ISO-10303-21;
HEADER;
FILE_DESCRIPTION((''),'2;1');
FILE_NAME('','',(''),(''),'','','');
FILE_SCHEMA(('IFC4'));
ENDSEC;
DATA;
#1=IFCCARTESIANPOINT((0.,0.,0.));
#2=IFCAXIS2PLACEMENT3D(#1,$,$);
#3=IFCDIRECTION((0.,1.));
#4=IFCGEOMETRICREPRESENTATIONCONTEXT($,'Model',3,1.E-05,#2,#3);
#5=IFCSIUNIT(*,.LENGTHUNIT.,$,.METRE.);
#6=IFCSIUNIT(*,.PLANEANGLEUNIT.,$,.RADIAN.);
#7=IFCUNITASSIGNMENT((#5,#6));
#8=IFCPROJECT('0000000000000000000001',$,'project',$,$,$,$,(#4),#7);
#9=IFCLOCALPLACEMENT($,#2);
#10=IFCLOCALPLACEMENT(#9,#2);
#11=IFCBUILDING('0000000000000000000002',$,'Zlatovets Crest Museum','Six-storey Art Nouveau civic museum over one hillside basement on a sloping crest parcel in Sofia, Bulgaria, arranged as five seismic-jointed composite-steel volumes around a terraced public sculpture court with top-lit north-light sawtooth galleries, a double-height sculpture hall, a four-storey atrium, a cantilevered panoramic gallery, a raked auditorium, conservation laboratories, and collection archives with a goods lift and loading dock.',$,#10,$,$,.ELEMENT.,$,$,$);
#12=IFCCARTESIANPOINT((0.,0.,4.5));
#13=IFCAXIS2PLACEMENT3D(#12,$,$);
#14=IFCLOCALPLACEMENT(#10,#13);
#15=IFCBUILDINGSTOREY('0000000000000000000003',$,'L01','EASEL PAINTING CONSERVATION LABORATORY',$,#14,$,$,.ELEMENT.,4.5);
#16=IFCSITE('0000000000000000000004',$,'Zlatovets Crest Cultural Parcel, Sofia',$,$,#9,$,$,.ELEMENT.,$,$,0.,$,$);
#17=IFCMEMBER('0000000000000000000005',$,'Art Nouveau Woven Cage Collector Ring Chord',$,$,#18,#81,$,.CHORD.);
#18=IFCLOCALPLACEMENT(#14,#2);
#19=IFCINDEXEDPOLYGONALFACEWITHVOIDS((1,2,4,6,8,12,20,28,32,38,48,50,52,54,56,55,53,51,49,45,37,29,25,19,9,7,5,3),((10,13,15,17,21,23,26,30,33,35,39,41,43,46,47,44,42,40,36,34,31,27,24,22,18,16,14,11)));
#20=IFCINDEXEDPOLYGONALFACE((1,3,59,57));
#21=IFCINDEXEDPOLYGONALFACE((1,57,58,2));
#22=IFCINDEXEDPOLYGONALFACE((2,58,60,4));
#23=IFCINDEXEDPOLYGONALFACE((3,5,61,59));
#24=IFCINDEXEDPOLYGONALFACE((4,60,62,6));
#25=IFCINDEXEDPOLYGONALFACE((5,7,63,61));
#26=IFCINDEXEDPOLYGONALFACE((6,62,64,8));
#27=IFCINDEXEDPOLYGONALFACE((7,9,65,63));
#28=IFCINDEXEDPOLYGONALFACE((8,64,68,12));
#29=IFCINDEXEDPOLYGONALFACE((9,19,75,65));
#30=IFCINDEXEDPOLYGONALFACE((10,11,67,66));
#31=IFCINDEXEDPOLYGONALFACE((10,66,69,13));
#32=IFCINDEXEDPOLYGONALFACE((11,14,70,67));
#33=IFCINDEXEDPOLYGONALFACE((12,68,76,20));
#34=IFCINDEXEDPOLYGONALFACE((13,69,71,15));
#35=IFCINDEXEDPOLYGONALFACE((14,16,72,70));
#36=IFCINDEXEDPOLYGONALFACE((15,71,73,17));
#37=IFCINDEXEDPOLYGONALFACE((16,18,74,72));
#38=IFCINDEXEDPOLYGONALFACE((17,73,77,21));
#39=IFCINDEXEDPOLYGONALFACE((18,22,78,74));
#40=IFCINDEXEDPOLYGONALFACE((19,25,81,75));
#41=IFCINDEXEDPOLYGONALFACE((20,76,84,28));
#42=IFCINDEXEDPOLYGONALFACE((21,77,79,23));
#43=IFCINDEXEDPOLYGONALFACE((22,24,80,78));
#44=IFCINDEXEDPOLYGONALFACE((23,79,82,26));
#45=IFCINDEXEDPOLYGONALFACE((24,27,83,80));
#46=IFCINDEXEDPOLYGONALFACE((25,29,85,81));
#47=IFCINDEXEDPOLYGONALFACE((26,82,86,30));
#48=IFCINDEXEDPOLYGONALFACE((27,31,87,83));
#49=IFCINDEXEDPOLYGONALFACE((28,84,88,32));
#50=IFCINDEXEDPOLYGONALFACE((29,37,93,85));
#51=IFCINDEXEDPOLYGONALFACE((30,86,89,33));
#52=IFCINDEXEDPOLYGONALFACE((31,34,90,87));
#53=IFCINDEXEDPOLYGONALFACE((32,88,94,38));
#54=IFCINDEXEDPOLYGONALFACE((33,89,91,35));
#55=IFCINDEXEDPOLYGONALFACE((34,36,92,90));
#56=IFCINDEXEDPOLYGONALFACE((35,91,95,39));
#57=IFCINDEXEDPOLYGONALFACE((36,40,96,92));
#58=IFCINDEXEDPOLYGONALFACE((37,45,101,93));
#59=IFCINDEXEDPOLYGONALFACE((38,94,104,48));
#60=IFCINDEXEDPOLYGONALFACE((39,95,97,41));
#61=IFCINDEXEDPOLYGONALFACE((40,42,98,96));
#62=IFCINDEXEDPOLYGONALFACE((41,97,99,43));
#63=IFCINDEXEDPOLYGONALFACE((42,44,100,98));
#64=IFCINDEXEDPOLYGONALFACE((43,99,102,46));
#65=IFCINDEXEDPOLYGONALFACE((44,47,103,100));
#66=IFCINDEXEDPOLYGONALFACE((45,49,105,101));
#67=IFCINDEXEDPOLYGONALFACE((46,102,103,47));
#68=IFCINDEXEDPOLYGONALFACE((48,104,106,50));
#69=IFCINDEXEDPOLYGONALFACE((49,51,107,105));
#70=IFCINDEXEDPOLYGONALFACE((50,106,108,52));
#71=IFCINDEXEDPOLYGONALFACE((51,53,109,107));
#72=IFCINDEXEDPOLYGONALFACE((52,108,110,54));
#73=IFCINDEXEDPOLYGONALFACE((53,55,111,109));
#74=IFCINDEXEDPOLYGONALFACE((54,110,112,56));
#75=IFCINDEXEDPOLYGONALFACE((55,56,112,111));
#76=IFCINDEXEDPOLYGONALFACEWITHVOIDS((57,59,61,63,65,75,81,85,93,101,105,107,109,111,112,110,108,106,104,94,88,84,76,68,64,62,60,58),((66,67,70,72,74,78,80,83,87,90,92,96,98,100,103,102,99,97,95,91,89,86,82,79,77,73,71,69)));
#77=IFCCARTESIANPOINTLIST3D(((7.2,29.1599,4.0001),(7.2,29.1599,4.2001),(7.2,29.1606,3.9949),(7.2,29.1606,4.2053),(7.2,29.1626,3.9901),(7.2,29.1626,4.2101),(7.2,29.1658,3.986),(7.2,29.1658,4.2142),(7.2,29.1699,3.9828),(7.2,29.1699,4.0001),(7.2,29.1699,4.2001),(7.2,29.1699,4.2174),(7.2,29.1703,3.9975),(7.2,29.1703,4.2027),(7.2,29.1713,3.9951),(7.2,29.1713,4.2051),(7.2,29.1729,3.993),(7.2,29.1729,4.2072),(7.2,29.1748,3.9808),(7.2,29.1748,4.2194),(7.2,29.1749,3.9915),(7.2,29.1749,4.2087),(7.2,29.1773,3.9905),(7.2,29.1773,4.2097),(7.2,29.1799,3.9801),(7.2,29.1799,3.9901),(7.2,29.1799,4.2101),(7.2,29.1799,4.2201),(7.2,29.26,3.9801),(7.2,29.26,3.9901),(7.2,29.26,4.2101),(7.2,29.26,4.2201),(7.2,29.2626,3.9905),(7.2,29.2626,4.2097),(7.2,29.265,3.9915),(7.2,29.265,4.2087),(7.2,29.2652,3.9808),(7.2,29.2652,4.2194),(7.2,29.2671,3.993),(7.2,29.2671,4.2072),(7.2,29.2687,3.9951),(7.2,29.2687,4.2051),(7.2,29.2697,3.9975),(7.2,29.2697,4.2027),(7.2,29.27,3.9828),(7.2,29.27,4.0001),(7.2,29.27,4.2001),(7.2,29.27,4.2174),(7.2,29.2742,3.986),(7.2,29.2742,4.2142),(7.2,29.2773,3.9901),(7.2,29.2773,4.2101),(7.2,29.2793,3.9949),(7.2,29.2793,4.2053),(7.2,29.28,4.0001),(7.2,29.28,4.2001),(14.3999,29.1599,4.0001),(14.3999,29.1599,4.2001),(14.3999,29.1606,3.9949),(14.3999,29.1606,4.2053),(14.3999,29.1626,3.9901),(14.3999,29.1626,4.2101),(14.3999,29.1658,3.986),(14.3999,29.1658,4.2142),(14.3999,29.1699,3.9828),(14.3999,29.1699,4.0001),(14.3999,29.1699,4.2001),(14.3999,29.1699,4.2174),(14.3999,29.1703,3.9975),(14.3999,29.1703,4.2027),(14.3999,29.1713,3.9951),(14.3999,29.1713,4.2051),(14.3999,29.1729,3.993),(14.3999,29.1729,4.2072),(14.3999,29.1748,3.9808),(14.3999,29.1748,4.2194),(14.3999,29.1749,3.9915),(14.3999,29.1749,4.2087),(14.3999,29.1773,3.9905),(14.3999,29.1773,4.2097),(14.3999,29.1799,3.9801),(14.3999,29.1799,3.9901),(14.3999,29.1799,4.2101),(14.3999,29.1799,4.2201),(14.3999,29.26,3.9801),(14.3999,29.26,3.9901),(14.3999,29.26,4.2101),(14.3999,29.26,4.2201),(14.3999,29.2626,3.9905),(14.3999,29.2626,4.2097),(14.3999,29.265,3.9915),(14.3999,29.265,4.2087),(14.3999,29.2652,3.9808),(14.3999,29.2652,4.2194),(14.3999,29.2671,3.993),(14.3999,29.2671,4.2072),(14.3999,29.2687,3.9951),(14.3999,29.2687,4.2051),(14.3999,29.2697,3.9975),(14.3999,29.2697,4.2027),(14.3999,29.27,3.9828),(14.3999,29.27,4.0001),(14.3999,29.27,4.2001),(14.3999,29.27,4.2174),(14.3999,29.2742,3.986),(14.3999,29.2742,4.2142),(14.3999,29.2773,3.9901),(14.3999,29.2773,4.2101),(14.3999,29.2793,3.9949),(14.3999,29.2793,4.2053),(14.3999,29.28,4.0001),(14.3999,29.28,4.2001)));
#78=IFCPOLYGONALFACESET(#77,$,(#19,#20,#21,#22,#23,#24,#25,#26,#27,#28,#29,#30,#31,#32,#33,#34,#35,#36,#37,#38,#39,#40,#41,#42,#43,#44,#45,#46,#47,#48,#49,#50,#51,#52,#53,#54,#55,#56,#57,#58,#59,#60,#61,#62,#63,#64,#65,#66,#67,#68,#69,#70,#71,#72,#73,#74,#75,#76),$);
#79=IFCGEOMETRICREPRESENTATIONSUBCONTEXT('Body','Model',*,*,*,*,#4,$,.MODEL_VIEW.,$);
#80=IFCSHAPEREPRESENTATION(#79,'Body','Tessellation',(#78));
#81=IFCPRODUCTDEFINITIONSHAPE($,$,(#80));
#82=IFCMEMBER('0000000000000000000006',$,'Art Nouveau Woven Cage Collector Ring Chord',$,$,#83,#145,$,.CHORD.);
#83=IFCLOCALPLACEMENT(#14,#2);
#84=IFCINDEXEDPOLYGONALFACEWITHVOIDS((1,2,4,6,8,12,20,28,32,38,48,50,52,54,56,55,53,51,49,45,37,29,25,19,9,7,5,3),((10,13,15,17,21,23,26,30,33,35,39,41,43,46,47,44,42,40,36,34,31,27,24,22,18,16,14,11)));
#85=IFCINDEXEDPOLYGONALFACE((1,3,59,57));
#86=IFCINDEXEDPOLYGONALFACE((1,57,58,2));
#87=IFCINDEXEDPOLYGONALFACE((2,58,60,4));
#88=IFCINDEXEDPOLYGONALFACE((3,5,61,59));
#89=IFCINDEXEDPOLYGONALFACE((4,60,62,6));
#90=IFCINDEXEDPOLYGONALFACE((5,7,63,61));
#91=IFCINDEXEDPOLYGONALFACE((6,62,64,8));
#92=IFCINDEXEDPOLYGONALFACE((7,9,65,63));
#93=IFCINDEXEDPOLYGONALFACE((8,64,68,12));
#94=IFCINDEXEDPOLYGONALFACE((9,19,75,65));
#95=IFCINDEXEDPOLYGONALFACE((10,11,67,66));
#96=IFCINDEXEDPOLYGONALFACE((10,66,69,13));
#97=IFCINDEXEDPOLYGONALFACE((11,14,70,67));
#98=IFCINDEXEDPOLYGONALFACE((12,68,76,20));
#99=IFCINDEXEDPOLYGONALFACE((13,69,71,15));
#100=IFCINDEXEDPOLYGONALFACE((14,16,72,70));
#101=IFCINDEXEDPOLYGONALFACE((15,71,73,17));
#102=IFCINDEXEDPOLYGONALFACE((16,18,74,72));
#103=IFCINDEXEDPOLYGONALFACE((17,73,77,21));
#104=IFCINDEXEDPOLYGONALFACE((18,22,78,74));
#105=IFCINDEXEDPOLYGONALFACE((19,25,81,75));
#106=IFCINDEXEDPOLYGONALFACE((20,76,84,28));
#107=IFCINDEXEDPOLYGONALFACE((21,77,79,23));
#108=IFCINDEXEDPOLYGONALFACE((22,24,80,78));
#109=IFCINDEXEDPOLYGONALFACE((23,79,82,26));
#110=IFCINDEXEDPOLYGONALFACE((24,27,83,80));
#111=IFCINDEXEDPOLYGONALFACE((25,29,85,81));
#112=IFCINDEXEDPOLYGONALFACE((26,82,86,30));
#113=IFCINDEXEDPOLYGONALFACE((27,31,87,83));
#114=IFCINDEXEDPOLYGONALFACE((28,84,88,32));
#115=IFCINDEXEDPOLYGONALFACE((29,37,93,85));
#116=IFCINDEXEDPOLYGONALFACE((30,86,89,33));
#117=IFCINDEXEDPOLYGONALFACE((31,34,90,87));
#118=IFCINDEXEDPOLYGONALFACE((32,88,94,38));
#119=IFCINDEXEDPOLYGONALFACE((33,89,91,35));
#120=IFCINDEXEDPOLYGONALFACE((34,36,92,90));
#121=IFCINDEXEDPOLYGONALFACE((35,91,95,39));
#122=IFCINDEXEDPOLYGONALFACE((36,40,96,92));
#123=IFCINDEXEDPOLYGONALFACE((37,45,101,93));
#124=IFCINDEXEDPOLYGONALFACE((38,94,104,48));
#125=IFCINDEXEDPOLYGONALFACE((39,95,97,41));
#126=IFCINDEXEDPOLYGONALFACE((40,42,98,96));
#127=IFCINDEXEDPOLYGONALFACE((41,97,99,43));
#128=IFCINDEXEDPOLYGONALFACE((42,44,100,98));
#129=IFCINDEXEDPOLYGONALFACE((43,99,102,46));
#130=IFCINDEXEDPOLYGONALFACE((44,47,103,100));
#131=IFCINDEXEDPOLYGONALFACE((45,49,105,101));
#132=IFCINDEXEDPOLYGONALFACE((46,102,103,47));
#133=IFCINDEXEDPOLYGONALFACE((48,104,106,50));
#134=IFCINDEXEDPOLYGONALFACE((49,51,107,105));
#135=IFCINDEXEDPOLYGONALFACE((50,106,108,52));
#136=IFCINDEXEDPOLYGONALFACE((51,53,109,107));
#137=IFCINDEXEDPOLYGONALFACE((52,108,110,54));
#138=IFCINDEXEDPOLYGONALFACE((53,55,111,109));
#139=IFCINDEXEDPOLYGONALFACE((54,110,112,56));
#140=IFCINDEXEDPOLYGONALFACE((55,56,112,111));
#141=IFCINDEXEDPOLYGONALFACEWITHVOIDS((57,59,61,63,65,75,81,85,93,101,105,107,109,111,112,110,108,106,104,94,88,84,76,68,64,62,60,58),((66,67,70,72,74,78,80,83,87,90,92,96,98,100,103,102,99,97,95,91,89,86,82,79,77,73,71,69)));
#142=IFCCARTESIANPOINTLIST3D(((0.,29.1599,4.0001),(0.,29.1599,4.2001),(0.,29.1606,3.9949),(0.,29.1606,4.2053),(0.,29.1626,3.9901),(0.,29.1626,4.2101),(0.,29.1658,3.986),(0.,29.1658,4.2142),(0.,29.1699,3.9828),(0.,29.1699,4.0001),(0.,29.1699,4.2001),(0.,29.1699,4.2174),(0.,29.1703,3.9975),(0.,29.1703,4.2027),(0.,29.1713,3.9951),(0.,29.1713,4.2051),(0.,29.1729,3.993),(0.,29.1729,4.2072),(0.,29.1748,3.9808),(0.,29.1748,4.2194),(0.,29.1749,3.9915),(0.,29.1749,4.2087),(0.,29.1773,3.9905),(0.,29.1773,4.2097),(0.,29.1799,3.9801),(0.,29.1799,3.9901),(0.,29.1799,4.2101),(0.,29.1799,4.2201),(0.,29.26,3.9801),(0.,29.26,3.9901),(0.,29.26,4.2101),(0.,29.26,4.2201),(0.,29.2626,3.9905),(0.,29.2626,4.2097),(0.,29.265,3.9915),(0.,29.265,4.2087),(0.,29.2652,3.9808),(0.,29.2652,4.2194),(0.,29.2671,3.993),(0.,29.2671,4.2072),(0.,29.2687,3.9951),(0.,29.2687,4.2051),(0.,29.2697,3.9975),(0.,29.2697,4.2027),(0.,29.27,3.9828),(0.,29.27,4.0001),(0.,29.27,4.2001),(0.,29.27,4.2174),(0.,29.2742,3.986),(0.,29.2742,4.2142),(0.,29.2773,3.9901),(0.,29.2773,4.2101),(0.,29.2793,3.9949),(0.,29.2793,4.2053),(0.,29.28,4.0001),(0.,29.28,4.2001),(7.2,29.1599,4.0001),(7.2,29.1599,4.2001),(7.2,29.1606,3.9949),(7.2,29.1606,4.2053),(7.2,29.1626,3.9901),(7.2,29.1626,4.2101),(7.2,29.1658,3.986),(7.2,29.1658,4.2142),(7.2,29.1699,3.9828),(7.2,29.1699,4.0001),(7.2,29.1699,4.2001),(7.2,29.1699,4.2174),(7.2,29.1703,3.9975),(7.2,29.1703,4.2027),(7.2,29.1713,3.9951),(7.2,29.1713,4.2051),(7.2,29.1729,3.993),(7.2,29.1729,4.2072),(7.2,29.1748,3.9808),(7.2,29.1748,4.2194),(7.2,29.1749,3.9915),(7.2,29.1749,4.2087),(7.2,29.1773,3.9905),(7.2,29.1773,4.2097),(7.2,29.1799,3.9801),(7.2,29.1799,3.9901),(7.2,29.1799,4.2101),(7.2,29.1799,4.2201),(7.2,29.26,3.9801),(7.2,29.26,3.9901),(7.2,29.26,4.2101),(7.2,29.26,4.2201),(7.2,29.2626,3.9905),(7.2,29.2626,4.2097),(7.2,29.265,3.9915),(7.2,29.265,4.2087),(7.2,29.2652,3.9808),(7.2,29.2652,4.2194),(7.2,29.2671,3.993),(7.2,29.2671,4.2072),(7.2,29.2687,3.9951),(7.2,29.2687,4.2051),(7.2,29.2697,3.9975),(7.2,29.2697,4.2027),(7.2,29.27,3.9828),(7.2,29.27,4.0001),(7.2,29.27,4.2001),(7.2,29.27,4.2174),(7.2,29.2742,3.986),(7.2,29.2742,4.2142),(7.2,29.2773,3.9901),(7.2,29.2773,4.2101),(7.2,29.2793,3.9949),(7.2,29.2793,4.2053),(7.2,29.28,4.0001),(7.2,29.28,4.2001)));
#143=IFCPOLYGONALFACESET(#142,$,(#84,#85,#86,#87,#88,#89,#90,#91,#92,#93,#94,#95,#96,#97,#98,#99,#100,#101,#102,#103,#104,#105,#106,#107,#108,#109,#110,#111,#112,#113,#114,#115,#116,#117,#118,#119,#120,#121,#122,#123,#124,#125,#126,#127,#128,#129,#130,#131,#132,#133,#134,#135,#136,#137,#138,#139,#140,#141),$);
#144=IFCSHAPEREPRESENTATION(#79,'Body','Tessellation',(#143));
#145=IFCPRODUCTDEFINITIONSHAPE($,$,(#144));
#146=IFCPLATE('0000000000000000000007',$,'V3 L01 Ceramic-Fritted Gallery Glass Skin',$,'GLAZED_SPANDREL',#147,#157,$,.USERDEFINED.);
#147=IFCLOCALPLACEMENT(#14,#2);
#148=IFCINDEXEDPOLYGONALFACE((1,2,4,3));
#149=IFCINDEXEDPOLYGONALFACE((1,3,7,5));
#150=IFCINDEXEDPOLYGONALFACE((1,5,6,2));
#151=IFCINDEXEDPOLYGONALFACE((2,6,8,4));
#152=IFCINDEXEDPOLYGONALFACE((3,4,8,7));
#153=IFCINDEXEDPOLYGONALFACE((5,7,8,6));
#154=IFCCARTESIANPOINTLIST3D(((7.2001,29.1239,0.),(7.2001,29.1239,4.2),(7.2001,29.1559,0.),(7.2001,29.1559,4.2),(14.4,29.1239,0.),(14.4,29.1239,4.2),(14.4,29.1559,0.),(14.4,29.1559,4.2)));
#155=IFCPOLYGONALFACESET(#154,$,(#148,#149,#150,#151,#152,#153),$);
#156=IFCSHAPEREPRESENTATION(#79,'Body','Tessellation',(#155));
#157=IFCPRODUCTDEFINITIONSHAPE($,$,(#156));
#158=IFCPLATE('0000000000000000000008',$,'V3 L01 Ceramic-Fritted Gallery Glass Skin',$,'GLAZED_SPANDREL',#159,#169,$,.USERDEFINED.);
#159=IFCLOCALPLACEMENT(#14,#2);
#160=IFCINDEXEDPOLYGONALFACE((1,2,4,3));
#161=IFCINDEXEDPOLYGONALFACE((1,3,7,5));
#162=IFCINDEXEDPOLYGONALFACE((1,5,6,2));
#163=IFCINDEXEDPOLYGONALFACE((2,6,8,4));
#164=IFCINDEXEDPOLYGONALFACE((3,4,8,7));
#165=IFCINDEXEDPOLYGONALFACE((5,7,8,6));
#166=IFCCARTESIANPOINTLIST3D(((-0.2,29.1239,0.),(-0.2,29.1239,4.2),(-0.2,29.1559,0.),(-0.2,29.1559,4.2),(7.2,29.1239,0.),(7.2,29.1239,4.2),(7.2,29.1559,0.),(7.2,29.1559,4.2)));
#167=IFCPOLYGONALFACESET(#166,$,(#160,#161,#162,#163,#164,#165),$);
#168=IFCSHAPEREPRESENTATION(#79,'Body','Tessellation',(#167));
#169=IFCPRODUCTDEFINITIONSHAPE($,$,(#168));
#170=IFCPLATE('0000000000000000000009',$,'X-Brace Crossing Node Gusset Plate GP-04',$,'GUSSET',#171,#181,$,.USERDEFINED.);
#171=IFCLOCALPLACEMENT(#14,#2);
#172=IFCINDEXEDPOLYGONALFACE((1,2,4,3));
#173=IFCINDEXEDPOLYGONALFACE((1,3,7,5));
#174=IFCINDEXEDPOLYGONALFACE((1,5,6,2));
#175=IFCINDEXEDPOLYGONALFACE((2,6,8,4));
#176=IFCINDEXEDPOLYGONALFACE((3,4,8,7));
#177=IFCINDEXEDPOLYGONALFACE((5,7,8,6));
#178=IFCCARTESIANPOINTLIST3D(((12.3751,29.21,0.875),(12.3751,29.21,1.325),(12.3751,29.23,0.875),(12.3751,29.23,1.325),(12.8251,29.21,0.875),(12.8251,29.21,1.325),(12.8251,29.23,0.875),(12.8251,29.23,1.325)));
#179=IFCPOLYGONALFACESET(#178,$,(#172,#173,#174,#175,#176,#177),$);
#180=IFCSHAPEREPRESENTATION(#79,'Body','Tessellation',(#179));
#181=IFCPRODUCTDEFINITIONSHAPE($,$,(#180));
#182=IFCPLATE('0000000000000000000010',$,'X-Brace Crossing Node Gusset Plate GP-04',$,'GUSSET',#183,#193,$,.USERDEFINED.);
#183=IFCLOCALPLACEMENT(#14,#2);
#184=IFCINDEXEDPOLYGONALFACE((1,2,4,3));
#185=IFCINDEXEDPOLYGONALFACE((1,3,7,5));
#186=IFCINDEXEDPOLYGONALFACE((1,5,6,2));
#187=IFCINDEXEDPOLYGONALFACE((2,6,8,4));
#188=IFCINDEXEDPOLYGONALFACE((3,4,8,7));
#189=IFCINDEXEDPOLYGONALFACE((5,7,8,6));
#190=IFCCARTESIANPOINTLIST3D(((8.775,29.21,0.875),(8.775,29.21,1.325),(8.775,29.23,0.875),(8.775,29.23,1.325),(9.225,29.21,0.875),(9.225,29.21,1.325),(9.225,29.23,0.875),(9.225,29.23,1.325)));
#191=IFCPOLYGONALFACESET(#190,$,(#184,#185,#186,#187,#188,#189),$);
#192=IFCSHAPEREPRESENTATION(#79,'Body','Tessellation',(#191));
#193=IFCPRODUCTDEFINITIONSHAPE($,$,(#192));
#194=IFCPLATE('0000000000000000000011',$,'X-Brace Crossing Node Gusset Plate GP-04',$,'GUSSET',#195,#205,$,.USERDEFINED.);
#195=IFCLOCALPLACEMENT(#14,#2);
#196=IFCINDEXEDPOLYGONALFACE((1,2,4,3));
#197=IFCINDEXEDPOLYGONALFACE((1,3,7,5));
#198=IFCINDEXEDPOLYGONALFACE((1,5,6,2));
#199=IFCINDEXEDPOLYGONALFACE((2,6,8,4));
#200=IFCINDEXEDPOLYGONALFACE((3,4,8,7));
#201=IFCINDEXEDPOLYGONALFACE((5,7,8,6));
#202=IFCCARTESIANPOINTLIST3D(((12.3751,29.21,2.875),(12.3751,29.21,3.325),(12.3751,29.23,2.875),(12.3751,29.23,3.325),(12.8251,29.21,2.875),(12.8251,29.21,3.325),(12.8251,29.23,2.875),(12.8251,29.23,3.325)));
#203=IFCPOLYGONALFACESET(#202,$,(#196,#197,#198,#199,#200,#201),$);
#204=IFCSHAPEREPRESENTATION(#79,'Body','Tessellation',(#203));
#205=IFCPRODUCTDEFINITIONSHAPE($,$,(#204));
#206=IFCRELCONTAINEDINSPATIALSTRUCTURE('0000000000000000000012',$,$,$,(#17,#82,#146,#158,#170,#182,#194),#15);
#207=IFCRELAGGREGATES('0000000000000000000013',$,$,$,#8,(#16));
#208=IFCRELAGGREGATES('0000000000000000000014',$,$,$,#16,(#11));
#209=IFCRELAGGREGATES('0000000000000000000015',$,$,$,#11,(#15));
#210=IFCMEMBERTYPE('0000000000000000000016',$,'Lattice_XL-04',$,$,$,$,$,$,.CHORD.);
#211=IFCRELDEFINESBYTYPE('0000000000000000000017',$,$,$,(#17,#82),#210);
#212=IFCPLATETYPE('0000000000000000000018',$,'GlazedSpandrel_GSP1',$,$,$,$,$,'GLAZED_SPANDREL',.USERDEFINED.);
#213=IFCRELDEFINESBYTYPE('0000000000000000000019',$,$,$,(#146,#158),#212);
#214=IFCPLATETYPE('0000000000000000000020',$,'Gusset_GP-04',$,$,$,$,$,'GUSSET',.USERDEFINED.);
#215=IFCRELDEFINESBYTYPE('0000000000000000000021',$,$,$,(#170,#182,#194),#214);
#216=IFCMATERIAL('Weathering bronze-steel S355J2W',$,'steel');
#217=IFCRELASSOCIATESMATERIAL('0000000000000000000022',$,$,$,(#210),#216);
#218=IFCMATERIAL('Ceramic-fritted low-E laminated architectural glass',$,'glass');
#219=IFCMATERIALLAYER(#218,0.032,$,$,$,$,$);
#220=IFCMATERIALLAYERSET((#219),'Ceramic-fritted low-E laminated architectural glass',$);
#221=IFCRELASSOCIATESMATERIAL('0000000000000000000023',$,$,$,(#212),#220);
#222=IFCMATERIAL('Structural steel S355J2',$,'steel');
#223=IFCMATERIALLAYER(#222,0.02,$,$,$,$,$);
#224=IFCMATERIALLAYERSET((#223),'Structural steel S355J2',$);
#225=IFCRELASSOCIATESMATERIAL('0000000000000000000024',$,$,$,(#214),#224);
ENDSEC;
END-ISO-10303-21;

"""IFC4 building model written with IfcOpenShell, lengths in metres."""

from ifc_helpers import new_model, si_unit, direction, frame, origin, origin_2d, place, context, subcontext, project, spatial, rectangle, hollow_rectangle, extrude, material, layer, layer_set, material_profile, profile_set, type_object, element, save


model = new_model("IFC4")

# Units and contexts
model_context = context("Model", 3, precision=1e-05, world=origin(), true_north=direction((0.0, 1.0)))
body_context = subcontext(model_context, "Body", "Model", "MODEL_VIEW")
ifc_project = project(units=[si_unit("LENGTHUNIT", "METRE"), si_unit("PLANEANGLEUNIT", "RADIAN")], contexts=[model_context])

# Site, building, storey
site_placement = place(None, origin())
site = spatial("IfcSite", under=ifc_project, at=site_placement, Name="Zlatovets Crest Cultural Parcel, Sofia", CompositionType="ELEMENT", RefElevation=0.0)
building_placement = place(site_placement, origin())
building = spatial("IfcBuilding", under=site, at=building_placement, Name="Zlatovets Crest Museum", Description="Six-storey Art Nouveau civic museum over one hillside basement on a sloping crest parcel in Sofia, Bulgaria, arranged as five seismic-jointed composite-steel volumes around a terraced public sculpture court with top-lit north-light sawtooth galleries, a double-height sculpture hall, a four-storey atrium, a cantilevered panoramic gallery, a raked auditorium, conservation laboratories, and collection archives with a goods lift and loading dock.", CompositionType="ELEMENT")
storey_placement = place(building_placement, frame((0.0, 0.0, 4.5)))
storey = spatial("IfcBuildingStorey", under=building, at=storey_placement, Name="L01", Description="EASEL PAINTING CONSERVATION LABORATORY", CompositionType="ELEMENT", Elevation=4.5)

# Members
ifc_material_1 = material(Name="Weathering bronze-steel S355J2W", Category="steel")
ifc_material_profile_1 = material_profile(ifc_material_1, hollow_rectangle(XDim=0.1201, YDim=0.24, WallThickness=0.01, InnerFilletRadius=0.01, OuterFilletRadius=0.02, at=origin_2d()), Name="RHS 120x240x10.0")
ifc_profile_set_1 = profile_set([ifc_material_profile_1], Name="Weathering bronze-steel S355J2W")
member_type_1 = type_object("IfcMemberType", Name="Lattice_XL-04", PredefinedType="CHORD", material=ifc_profile_set_1)
for number, where, z_axis, x_axis, name in (
    (1, (14.3999, 29.22, 4.1001), (-1.0, 0.0, 0.0), (0.0, -1.0, 0.0), "Art Nouveau Woven Cage Collector Ring Chord"),
    (2, (7.2, 29.22, 4.1001), (-1.0, 0.0, 0.0), (0.0, -1.0, 0.0), "Art Nouveau Woven Cage Collector Ring Chord"),
):
    element("IfcMember", number, at=place(storey_placement, frame(where, z_axis=z_axis, x_axis=x_axis)), inside=storey, type_object=member_type_1, Name=name, PredefinedType="CHORD", context=body_context, shape_type="SweptSolid", body=[
        extrude(hollow_rectangle(XDim=0.1201, YDim=0.24, WallThickness=0.01, InnerFilletRadius=0.01, OuterFilletRadius=0.02, at=origin_2d()), origin(), (0.0, 0.0, 1.0), 7.2),
    ])

# Plates
ifc_material_2 = material(Name="Ceramic-fritted low-E laminated architectural glass", Category="glass")
ifc_layer_1 = layer(ifc_material_2, 0.032)
ifc_layer_set_1 = layer_set([ifc_layer_1], Name="Ceramic-fritted low-E laminated architectural glass")
plate_type_1 = type_object("IfcPlateType", Name="GlazedSpandrel_GSP1", ElementType="GLAZED_SPANDREL", PredefinedType="USERDEFINED", material=ifc_layer_set_1)
plate_1_placement = place(storey_placement, frame((10.8, 29.1399, 0.0), z_axis=(0.0, 0.0, 1.0), x_axis=(1.0, 0.0, 0.0)))
element("IfcPlate", 3, at=plate_1_placement, inside=storey, type_object=plate_type_1, Name="V3 L01 Ceramic-Fritted Gallery Glass Skin", ObjectType="GLAZED_SPANDREL", PredefinedType="USERDEFINED", context=body_context, shape_type="SweptSolid", body=[
    extrude(rectangle(XDim=7.2, YDim=0.032, at=origin_2d()), origin(), (0.0, 0.0, 1.0), 4.2),
])
plate_2_placement = place(storey_placement, frame((3.5, 29.1399, 0.0), z_axis=(0.0, 0.0, 1.0), x_axis=(1.0, 0.0, 0.0)))
element("IfcPlate", 4, at=plate_2_placement, inside=storey, type_object=plate_type_1, Name="V3 L01 Ceramic-Fritted Gallery Glass Skin", ObjectType="GLAZED_SPANDREL", PredefinedType="USERDEFINED", context=body_context, shape_type="SweptSolid", body=[
    extrude(rectangle(XDim=7.3999, YDim=0.032, at=origin_2d()), origin(), (0.0, 0.0, 1.0), 4.2),
])
ifc_material_3 = material(Name="Structural steel S355J2", Category="steel")
ifc_layer_2 = layer(ifc_material_3, 0.02)
ifc_layer_set_2 = layer_set([ifc_layer_2], Name="Structural steel S355J2")
plate_type_2 = type_object("IfcPlateType", Name="Gusset_GP-04", ElementType="GUSSET", PredefinedType="USERDEFINED", material=ifc_layer_set_2)
for number, where, z_axis, x_axis, name in (
    (5, (12.6001, 29.22, 0.875), (0.0, 0.0, 1.0), (1.0, 0.0, 0.0), "X-Brace Crossing Node Gusset Plate GP-04"),
    (6, (9.0, 29.22, 0.875), (0.0, 0.0, 1.0), (1.0, 0.0, 0.0), "X-Brace Crossing Node Gusset Plate GP-04"),
    (7, (12.6001, 29.22, 2.875), (0.0, 0.0, 1.0), (1.0, 0.0, 0.0), "X-Brace Crossing Node Gusset Plate GP-04"),
):
    element("IfcPlate", number, at=place(storey_placement, frame(where, z_axis=z_axis, x_axis=x_axis)), inside=storey, type_object=plate_type_2, Name=name, ObjectType="GUSSET", PredefinedType="USERDEFINED", context=body_context, shape_type="SweptSolid", body=[
        extrude(rectangle(XDim=0.45, YDim=0.02, at=origin_2d()), origin(), (0.0, 0.0, 1.0), 0.45),
    ])

save(model, "model.ifc")
